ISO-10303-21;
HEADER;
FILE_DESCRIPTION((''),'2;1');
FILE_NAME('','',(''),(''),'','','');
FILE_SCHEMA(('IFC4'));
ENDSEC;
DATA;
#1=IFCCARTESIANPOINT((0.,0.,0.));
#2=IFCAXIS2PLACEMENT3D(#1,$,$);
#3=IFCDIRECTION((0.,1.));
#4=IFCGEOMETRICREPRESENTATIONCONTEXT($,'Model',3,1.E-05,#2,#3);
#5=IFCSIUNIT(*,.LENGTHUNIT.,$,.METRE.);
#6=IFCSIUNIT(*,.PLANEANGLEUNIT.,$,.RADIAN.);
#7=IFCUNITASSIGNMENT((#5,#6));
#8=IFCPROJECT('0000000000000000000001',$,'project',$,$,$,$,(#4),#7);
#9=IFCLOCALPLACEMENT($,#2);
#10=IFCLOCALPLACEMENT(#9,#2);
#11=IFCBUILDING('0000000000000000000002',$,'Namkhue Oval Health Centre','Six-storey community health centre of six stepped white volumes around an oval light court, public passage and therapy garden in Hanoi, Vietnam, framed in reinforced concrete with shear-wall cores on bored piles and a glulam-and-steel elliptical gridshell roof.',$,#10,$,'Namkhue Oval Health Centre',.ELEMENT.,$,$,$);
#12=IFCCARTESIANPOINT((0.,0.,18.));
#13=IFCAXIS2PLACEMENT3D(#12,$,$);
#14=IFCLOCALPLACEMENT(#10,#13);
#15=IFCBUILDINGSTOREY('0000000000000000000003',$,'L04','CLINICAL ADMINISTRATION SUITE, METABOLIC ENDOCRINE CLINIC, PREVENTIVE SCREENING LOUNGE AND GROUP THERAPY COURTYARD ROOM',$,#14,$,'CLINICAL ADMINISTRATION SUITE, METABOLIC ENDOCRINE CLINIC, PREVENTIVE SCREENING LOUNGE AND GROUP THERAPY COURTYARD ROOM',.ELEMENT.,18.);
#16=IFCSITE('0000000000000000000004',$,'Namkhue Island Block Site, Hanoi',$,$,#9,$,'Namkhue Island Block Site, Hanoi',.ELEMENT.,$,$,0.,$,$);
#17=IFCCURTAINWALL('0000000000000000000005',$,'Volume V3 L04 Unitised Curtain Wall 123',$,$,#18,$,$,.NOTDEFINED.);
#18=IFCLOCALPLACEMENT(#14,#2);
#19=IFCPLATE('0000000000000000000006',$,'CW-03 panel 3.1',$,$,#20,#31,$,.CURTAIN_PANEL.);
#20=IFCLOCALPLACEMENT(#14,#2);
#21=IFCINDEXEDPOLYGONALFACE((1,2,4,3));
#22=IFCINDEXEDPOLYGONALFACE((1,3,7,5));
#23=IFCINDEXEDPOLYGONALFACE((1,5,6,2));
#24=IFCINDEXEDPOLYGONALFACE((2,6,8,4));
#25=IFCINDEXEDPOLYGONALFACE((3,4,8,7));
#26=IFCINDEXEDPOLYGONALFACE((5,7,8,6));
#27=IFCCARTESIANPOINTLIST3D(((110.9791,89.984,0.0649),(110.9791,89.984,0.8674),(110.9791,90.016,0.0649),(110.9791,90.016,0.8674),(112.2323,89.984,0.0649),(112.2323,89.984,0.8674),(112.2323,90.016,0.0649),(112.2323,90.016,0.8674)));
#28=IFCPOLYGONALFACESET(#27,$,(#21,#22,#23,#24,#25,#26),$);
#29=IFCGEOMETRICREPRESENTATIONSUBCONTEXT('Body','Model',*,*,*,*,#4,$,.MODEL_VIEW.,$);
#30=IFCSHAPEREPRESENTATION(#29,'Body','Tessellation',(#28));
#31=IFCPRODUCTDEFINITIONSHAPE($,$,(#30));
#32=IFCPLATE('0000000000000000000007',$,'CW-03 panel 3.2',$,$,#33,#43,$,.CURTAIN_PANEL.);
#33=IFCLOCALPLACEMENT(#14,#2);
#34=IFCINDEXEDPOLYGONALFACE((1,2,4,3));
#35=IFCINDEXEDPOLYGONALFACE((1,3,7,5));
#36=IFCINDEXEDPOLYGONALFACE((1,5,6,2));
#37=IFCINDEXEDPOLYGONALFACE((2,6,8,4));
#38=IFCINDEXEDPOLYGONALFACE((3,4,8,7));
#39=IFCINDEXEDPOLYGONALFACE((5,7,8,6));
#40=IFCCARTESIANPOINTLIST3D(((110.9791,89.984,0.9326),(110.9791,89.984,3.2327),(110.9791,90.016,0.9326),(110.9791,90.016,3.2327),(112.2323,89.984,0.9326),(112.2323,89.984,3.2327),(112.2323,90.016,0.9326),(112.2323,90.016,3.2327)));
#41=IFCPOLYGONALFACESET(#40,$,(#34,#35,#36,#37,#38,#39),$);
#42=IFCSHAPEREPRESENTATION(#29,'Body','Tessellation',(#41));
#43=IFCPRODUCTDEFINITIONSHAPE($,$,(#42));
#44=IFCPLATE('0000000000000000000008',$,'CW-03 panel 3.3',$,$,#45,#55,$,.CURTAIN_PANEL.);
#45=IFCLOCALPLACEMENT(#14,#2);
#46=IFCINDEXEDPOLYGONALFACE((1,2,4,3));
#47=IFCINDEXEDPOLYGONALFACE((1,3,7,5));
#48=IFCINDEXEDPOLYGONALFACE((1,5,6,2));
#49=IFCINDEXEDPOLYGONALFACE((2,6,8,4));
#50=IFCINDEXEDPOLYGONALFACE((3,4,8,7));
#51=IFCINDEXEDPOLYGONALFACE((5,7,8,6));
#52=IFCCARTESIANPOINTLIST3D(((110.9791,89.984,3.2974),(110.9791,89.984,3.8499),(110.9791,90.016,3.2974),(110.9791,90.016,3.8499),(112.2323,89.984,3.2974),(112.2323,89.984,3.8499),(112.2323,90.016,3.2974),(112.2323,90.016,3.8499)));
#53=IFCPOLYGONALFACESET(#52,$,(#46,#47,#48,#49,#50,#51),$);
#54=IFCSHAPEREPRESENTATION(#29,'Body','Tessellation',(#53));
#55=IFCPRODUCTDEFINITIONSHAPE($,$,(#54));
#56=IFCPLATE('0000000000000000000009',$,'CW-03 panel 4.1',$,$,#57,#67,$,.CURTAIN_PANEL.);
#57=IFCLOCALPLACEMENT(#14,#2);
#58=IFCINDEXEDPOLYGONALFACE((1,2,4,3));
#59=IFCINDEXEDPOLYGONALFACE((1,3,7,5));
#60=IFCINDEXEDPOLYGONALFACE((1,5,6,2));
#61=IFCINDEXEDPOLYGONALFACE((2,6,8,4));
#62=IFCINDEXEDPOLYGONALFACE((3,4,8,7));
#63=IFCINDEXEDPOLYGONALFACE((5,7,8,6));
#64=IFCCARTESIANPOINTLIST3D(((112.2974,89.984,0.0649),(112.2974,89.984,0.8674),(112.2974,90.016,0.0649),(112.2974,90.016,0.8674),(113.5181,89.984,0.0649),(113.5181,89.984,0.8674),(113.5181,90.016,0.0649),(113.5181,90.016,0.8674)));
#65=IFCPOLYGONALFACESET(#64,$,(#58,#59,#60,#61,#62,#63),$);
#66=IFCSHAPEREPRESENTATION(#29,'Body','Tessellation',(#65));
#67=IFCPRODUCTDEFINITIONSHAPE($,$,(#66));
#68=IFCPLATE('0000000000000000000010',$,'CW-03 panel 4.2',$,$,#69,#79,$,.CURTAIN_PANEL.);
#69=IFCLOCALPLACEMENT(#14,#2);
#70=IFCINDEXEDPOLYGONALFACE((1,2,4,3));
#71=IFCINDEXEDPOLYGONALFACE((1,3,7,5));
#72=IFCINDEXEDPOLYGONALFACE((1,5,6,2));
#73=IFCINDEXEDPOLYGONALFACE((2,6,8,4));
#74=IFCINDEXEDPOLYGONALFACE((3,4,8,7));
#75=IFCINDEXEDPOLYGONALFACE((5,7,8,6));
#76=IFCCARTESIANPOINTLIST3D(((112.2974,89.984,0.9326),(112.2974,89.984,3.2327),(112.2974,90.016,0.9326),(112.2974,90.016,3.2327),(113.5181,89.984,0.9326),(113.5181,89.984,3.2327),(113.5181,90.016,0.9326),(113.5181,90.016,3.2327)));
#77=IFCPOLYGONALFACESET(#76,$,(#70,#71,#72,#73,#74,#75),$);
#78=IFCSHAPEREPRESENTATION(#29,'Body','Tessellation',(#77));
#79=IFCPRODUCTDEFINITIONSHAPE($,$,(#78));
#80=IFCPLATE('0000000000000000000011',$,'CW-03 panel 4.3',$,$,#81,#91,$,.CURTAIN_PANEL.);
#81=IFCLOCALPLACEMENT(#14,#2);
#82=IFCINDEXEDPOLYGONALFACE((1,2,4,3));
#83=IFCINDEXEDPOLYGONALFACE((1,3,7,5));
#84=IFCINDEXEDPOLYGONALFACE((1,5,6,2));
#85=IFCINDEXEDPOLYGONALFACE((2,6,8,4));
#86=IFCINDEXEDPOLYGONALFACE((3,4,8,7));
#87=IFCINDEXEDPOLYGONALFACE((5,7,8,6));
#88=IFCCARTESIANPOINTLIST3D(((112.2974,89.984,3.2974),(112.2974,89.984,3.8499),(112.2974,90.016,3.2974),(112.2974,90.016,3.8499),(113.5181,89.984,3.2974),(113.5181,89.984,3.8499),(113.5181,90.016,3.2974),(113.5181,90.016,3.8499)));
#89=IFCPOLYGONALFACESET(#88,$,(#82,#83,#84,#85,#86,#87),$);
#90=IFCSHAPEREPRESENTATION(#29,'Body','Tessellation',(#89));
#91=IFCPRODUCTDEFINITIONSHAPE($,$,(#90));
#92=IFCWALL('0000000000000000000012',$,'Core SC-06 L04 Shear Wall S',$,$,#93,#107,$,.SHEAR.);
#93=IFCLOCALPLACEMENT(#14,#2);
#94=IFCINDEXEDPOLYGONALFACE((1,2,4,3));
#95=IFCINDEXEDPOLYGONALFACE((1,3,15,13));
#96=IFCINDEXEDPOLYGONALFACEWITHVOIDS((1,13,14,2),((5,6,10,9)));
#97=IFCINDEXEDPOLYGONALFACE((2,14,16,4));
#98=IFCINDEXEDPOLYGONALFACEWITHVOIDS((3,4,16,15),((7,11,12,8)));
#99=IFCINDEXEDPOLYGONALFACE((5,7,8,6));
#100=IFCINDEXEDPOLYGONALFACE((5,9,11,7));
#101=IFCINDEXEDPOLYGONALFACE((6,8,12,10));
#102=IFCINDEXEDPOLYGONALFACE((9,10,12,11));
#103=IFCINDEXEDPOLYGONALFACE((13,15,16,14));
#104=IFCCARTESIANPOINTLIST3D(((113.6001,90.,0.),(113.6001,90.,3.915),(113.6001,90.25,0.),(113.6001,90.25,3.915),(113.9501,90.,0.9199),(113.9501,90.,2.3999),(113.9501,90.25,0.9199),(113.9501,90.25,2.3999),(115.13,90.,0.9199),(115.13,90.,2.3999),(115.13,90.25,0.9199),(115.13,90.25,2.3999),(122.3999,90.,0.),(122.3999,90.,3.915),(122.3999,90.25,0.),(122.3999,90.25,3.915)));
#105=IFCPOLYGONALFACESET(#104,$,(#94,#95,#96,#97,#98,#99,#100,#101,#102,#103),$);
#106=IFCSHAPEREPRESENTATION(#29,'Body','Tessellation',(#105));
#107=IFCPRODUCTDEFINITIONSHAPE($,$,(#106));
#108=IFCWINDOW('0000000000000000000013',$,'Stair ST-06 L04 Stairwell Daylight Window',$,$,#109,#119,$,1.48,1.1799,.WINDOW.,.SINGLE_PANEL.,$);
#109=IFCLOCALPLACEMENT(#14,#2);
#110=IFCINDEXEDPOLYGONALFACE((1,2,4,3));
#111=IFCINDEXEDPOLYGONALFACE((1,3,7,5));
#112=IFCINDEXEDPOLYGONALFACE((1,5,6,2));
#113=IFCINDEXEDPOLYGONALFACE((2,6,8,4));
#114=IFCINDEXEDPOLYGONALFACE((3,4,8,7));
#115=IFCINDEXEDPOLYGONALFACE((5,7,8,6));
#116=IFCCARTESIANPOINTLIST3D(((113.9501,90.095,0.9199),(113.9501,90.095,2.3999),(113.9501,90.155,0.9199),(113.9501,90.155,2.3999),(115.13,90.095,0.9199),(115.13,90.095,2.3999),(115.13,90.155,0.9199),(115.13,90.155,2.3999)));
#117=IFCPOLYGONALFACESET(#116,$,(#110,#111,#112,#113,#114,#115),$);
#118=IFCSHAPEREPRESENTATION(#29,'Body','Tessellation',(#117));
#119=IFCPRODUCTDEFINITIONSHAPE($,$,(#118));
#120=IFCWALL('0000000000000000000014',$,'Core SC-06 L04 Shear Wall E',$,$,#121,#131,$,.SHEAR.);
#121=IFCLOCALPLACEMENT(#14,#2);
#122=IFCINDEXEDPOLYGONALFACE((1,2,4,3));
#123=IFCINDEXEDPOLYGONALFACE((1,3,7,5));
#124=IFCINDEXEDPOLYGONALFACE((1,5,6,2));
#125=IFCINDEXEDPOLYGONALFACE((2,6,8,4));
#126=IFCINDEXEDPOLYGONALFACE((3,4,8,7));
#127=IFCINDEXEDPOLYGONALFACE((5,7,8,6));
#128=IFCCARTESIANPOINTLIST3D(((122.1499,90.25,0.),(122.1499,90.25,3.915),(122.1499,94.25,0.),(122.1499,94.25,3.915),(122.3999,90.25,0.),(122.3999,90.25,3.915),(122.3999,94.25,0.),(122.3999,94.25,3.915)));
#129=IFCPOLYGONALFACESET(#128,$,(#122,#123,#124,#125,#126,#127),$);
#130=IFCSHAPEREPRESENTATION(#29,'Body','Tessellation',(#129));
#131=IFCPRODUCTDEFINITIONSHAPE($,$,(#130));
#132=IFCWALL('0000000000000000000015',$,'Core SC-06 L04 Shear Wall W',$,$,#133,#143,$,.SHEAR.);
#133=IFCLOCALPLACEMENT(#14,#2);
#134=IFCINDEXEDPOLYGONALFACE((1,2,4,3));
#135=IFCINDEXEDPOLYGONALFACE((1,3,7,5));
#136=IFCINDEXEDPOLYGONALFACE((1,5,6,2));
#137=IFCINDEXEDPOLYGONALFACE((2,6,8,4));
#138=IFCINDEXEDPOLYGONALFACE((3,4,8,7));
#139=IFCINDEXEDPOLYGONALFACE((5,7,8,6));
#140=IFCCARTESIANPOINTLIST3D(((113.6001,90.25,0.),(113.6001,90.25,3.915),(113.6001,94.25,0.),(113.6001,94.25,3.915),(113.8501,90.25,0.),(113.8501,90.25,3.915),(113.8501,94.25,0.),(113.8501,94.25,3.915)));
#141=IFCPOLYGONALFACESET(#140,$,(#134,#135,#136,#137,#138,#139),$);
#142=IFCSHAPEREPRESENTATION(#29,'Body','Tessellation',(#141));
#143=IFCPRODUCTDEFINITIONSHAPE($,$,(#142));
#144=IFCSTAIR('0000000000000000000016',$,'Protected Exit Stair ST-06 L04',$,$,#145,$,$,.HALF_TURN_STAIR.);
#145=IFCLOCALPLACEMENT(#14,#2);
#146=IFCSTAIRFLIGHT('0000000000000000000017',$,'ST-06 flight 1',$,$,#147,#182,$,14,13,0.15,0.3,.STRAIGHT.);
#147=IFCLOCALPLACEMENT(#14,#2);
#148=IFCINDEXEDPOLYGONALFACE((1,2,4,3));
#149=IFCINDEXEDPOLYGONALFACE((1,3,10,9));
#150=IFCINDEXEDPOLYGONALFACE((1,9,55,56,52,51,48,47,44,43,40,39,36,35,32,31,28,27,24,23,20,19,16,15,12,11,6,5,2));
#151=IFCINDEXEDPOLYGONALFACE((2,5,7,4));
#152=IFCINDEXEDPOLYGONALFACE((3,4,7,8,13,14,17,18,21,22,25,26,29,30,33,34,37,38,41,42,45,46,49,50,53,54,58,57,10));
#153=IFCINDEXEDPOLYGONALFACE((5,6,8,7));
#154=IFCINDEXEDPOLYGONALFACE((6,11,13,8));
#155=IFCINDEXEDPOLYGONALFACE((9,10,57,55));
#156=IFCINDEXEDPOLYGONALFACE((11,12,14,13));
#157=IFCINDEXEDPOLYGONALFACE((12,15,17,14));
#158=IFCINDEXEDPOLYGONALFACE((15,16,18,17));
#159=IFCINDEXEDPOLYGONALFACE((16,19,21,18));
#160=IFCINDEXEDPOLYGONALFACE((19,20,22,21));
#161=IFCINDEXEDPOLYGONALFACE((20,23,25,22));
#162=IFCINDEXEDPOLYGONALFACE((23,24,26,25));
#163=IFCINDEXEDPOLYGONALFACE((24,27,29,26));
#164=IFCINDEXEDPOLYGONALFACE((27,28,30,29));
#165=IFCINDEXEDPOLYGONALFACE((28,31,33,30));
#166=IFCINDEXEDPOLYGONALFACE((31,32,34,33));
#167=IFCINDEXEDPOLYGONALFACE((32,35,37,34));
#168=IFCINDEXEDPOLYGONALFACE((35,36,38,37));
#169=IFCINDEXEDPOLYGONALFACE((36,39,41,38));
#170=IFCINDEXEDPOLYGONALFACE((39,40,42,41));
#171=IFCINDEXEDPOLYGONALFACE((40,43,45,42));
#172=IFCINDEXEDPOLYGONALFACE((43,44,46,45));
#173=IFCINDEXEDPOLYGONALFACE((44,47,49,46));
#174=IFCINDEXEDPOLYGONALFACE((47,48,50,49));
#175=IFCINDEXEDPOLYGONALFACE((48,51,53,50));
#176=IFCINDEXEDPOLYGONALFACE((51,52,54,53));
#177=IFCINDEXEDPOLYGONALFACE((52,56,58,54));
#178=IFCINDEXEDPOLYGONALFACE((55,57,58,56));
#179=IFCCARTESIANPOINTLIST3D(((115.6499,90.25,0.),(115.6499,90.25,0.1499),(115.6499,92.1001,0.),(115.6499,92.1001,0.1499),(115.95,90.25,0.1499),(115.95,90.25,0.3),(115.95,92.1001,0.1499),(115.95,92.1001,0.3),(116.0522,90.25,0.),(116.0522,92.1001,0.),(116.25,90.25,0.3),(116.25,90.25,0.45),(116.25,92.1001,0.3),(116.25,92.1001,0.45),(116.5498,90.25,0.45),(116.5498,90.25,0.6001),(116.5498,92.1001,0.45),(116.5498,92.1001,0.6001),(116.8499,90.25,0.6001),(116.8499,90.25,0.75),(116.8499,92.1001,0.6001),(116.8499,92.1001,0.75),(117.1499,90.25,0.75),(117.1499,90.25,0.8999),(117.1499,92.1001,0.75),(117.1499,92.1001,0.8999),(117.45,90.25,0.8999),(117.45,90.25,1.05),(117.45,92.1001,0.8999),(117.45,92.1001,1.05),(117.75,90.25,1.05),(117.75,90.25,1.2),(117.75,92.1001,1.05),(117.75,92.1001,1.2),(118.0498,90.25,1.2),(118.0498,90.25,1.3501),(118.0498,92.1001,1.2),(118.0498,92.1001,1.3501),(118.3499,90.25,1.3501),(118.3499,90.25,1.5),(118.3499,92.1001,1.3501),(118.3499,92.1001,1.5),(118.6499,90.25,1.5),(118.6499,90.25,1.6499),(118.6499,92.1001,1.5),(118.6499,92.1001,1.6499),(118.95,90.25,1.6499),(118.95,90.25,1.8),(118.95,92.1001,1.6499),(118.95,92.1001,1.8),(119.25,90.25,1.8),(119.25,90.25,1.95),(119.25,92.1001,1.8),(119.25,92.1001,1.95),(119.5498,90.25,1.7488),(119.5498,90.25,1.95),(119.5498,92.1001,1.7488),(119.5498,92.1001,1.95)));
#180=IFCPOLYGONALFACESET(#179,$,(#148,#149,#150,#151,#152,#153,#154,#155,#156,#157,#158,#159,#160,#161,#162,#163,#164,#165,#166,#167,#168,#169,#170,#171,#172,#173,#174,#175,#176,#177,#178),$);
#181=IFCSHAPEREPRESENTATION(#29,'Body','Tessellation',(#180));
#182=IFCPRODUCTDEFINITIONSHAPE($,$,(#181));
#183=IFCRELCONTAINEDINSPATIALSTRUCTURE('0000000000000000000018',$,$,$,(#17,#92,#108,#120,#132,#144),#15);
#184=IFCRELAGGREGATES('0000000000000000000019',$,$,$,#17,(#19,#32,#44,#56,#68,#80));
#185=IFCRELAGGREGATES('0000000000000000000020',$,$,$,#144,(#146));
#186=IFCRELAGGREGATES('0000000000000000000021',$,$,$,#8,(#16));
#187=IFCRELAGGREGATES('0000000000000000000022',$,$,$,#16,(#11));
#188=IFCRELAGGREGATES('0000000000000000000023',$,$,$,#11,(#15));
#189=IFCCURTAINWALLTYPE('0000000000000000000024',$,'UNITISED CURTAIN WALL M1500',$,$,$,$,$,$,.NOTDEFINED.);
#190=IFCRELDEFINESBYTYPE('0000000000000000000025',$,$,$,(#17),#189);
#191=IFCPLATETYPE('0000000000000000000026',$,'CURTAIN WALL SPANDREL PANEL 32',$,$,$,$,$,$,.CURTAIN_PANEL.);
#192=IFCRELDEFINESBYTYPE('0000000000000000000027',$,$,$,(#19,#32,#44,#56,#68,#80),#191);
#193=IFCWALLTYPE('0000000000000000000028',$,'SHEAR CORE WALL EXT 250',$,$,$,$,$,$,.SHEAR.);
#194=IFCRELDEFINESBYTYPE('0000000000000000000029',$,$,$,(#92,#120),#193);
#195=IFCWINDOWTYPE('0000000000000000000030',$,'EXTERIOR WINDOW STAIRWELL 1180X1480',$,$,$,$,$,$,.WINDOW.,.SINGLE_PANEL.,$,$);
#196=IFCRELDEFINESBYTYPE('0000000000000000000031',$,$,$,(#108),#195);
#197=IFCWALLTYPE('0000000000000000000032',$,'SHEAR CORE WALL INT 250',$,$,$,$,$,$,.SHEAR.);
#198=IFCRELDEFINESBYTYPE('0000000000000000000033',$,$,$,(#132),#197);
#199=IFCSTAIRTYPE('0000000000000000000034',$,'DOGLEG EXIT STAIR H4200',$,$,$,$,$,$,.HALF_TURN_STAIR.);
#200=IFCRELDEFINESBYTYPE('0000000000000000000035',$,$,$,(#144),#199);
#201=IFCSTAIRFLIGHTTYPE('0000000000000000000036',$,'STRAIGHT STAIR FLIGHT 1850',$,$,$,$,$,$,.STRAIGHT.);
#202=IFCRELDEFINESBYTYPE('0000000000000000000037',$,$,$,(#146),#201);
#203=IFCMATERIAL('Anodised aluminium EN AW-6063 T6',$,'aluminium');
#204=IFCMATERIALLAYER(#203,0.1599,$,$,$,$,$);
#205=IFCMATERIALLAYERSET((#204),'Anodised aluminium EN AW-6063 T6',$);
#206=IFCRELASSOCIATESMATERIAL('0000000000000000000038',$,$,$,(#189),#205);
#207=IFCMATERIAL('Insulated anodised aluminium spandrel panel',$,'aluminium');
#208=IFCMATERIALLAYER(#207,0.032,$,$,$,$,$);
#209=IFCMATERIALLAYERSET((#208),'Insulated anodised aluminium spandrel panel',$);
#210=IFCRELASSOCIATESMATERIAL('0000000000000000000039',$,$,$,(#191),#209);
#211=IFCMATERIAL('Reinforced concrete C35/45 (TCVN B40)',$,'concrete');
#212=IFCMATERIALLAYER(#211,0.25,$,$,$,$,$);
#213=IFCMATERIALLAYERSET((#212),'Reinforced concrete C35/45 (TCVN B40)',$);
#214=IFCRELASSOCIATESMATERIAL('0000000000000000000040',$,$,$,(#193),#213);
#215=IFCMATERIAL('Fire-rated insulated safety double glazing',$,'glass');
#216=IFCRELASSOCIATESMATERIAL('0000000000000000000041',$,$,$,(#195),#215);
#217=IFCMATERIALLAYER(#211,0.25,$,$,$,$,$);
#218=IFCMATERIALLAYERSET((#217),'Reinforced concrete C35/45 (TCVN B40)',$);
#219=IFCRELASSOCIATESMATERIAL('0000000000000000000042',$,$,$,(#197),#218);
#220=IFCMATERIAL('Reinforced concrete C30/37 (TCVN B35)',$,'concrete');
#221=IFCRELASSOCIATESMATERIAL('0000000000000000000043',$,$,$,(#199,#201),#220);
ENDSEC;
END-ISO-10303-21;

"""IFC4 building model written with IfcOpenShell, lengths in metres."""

from ifc_helpers import new_model, si_unit, direction, frame, frame_2d, origin, origin_2d, place, context, subcontext, project, spatial, polyline, rectangle, outline, extrude, material, layer, layer_set, type_object, element, fill, aggregate, save


model = new_model("IFC4")

# Units and contexts
model_context = context("Model", 3, precision=1e-05, world=origin(), true_north=direction((0.0, 1.0)))
body_context = subcontext(model_context, "Body", "Model", "MODEL_VIEW")
ifc_project = project(units=[si_unit("LENGTHUNIT", "METRE"), si_unit("PLANEANGLEUNIT", "RADIAN")], contexts=[model_context])

# Site, building, storey
site_placement = place(None, origin())
site = spatial("IfcSite", under=ifc_project, at=site_placement, Name="Namkhue Island Block Site, Hanoi", LongName="Namkhue Island Block Site, Hanoi", CompositionType="ELEMENT", RefElevation=0.0)
building_placement = place(site_placement, origin())
building = spatial("IfcBuilding", under=site, at=building_placement, Name="Namkhue Oval Health Centre", Description="Six-storey community health centre of six stepped white volumes around an oval light court, public passage and therapy garden in Hanoi, Vietnam, framed in reinforced concrete with shear-wall cores on bored piles and a glulam-and-steel elliptical gridshell roof.", LongName="Namkhue Oval Health Centre", CompositionType="ELEMENT")
storey_placement = place(building_placement, frame((0.0, 0.0, 18.0)))
storey = spatial("IfcBuildingStorey", under=building, at=storey_placement, Name="L04", Description="CLINICAL ADMINISTRATION SUITE, METABOLIC ENDOCRINE CLINIC, PREVENTIVE SCREENING LOUNGE AND GROUP THERAPY COURTYARD ROOM", LongName="CLINICAL ADMINISTRATION SUITE, METABOLIC ENDOCRINE CLINIC, PREVENTIVE SCREENING LOUNGE AND GROUP THERAPY COURTYARD ROOM", CompositionType="ELEMENT", Elevation=18.0)

# Shared definitions
ifc_material_1 = material(Name="Reinforced concrete C35/45 (TCVN B40)", Category="concrete")

# Curtain wall
ifc_material_2 = material(Name="Anodised aluminium EN AW-6063 T6", Category="aluminium")
ifc_layer_1 = layer(ifc_material_2, 0.1599)
ifc_layer_set_1 = layer_set([ifc_layer_1], Name="Anodised aluminium EN AW-6063 T6")
curtain_wall_type_1 = type_object("IfcCurtainWallType", Name="UNITISED CURTAIN WALL M1500", PredefinedType="NOTDEFINED", material=ifc_layer_set_1)
curtain_wall_1_placement = place(storey_placement, origin())
curtain_wall_1 = element("IfcCurtainWall", 1, at=curtain_wall_1_placement, inside=storey, type_object=curtain_wall_type_1, Name="Volume V3 L04 Unitised Curtain Wall 123", PredefinedType="NOTDEFINED")

# Plates
ifc_material_3 = material(Name="Insulated anodised aluminium spandrel panel", Category="aluminium")
ifc_layer_2 = layer(ifc_material_3, 0.032)
ifc_layer_set_2 = layer_set([ifc_layer_2], Name="Insulated anodised aluminium spandrel panel")
plate_type = type_object("IfcPlateType", Name="CURTAIN WALL SPANDREL PANEL 32", PredefinedType="CURTAIN_PANEL", material=ifc_layer_set_2)
plate_1_placement = place(storey_placement, frame((111.6057, 90.0, 0.0649), z_axis=(0.0, 0.0, 1.0), x_axis=(1.0, 0.0, 0.0)))
plate_1 = element("IfcPlate", 2, at=plate_1_placement, type_object=plate_type, Name="CW-03 panel 3.1", PredefinedType="CURTAIN_PANEL", context=body_context, shape_type="SweptSolid", body=[
    extrude(rectangle(XDim=1.2532, YDim=0.032, at=origin_2d()), origin(), (0.0, 0.0, 1.0), 0.8025),
])
plate_2_placement = place(storey_placement, frame((111.6057, 90.0, 0.9326), z_axis=(0.0, 0.0, 1.0), x_axis=(1.0, 0.0, 0.0)))
plate_2 = element("IfcPlate", 3, at=plate_2_placement, type_object=plate_type, Name="CW-03 panel 3.2", PredefinedType="CURTAIN_PANEL", context=body_context, shape_type="SweptSolid", body=[
    extrude(rectangle(XDim=1.2532, YDim=0.032, at=origin_2d()), origin(), (0.0, 0.0, 1.0), 2.3),
])
plate_3_placement = place(storey_placement, frame((111.6057, 90.0, 3.2974), z_axis=(0.0, 0.0, 1.0), x_axis=(1.0, 0.0, 0.0)))
plate_3 = element("IfcPlate", 4, at=plate_3_placement, type_object=plate_type, Name="CW-03 panel 3.3", PredefinedType="CURTAIN_PANEL", context=body_context, shape_type="SweptSolid", body=[
    extrude(rectangle(XDim=1.2532, YDim=0.032, at=origin_2d()), origin(), (0.0, 0.0, 1.0), 0.5525),
])
plate_4_placement = place(storey_placement, frame((112.9077, 90.0, 0.0649), z_axis=(0.0, 0.0, 1.0), x_axis=(1.0, 0.0, 0.0)))
plate_4 = element("IfcPlate", 5, at=plate_4_placement, type_object=plate_type, Name="CW-03 panel 4.1", PredefinedType="CURTAIN_PANEL", context=body_context, shape_type="SweptSolid", body=[
    extrude(rectangle(XDim=1.2207, YDim=0.032, at=origin_2d()), origin(), (0.0, 0.0, 1.0), 0.8025),
])
plate_5_placement = place(storey_placement, frame((112.9077, 90.0, 0.9326), z_axis=(0.0, 0.0, 1.0), x_axis=(1.0, 0.0, 0.0)))
plate_5 = element("IfcPlate", 6, at=plate_5_placement, type_object=plate_type, Name="CW-03 panel 4.2", PredefinedType="CURTAIN_PANEL", context=body_context, shape_type="SweptSolid", body=[
    extrude(rectangle(XDim=1.2207, YDim=0.032, at=origin_2d()), origin(), (0.0, 0.0, 1.0), 2.3),
])
plate_6_placement = place(storey_placement, frame((112.9077, 90.0, 3.2974), z_axis=(0.0, 0.0, 1.0), x_axis=(1.0, 0.0, 0.0)))
plate_6 = element("IfcPlate", 7, at=plate_6_placement, type_object=plate_type, Name="CW-03 panel 4.3", PredefinedType="CURTAIN_PANEL", context=body_context, shape_type="SweptSolid", body=[
    extrude(rectangle(XDim=1.2207, YDim=0.032, at=origin_2d()), origin(), (0.0, 0.0, 1.0), 0.5525),
])
aggregate(curtain_wall_1, [plate_1, plate_2, plate_3, plate_4, plate_5, plate_6])

# Wall, opening, window
ifc_layer_3 = layer(ifc_material_1, 0.25)
ifc_layer_set_3 = layer_set([ifc_layer_3], Name="Reinforced concrete C35/45 (TCVN B40)")
wall_type_1 = type_object("IfcWallType", Name="SHEAR CORE WALL EXT 250", PredefinedType="SHEAR", material=ifc_layer_set_3)
wall_1_placement = place(storey_placement, frame((113.6001, 90.125, 0.0), z_axis=(0.0, 0.0, 1.0), x_axis=(1.0, 0.0, 0.0)))
wall_1 = element("IfcWall", 8, at=wall_1_placement, inside=storey, type_object=wall_type_1, Name="Core SC-06 L04 Shear Wall S", PredefinedType="SHEAR", context=body_context, shape_type="SweptSolid", body=[
    extrude(rectangle(XDim=8.7998, YDim=0.25, at=frame_2d((4.3999, 0.0))), origin(), (0.0, 0.0, 1.0), 3.915),
])
opening_1_placement = place(wall_1_placement, frame((0.3501, 0.0, 0.9199)))
opening_1 = element("IfcOpeningElement", 9, at=opening_1_placement, cuts=wall_1, PredefinedType="OPENING", context=body_context, shape_type="SweptSolid", body=[
    extrude(rectangle(XDim=1.1799, YDim=1.48, at=frame_2d((0.5898, 0.74))), frame((0.0, 0.135, 0.0), z_axis=(0.0, -1.0, 0.0), x_axis=(1.0, 0.0, 0.0)), (0.0, 0.0, 1.0), 0.27),
])
ifc_material_4 = material(Name="Fire-rated insulated safety double glazing", Category="glass")
window_type = type_object("IfcWindowType", Name="EXTERIOR WINDOW STAIRWELL 1180X1480", PartitioningType="SINGLE_PANEL", PredefinedType="WINDOW", material=ifc_material_4)
window_placement = place(opening_1_placement, origin())
window = element("IfcWindow", 10, at=window_placement, inside=storey, type_object=window_type, Name="Stair ST-06 L04 Stairwell Daylight Window", OverallHeight=1.48, OverallWidth=1.1799, PartitioningType="SINGLE_PANEL", PredefinedType="WINDOW", context=body_context, shape_type="SweptSolid", body=[
    extrude(rectangle(XDim=1.1799, YDim=1.48, at=frame_2d((0.5898, 0.74))), frame((0.0, 0.03, 0.0), z_axis=(0.0, -1.0, 0.0), x_axis=(1.0, 0.0, 0.0)), (0.0, 0.0, 1.0), 0.0601),
])
fill(opening_1, window)

# Wall
wall_2_placement = place(storey_placement, frame((122.2749, 90.25, 0.0), z_axis=(0.0, 0.0, 1.0), x_axis=(0.0, 1.0, 0.0)))
element("IfcWall", 11, at=wall_2_placement, inside=storey, type_object=wall_type_1, Name="Core SC-06 L04 Shear Wall E", PredefinedType="SHEAR", context=body_context, shape_type="SweptSolid", body=[
    extrude(rectangle(XDim=4.0, YDim=0.25, at=frame_2d((2.0, 0.0))), origin(), (0.0, 0.0, 1.0), 3.915),
])

# Shared definitions
ifc_layer_4 = layer(ifc_material_1, 0.25)
ifc_layer_set_4 = layer_set([ifc_layer_4], Name="Reinforced concrete C35/45 (TCVN B40)")
wall_type_2 = type_object("IfcWallType", Name="SHEAR CORE WALL INT 250", PredefinedType="SHEAR", material=ifc_layer_set_4)

# Wall
wall_3_placement = place(storey_placement, frame((113.7251, 94.25, 0.0), z_axis=(0.0, 0.0, 1.0), x_axis=(0.0, -1.0, 0.0)))
element("IfcWall", 12, at=wall_3_placement, inside=storey, type_object=wall_type_2, Name="Core SC-06 L04 Shear Wall W", PredefinedType="SHEAR", context=body_context, shape_type="SweptSolid", body=[
    extrude(rectangle(XDim=4.0, YDim=0.25, at=frame_2d((2.0, 0.0))), origin(), (0.0, 0.0, 1.0), 3.915),
])

# Stair, stair flight
ifc_material_5 = material(Name="Reinforced concrete C30/37 (TCVN B35)", Category="concrete")
stair_type = type_object("IfcStairType", Name="DOGLEG EXIT STAIR H4200", PredefinedType="HALF_TURN_STAIR", material=ifc_material_5)
stair_placement = place(storey_placement, origin())
stair = element("IfcStair", 13, at=stair_placement, inside=storey, type_object=stair_type, Name="Protected Exit Stair ST-06 L04", PredefinedType="HALF_TURN_STAIR")
stair_flight_type = type_object("IfcStairFlightType", Name="STRAIGHT STAIR FLIGHT 1850", PredefinedType="STRAIGHT", material=ifc_material_5)
stair_flight_1_placement = place(storey_placement, frame((115.6499, 91.175, 0.0), z_axis=(0.0, 0.0, 1.0), x_axis=(1.0, 0.0, 0.0)))
stair_flight_1 = element("IfcStairFlight", 14, at=stair_flight_1_placement, type_object=stair_flight_type, Name="ST-06 flight 1", NumberOfRisers=14, NumberOfTreads=13, PredefinedType="STRAIGHT", RiserHeight=0.15, TreadLength=0.3, context=body_context, shape_type="SweptSolid", body=[
    extrude(outline(polyline([(0.0, 0.0), (0.0, 0.1499), (0.3, 0.1499), (0.3, 0.3), (0.6001, 0.3), (0.6001, 0.45), (0.8999, 0.45), (0.8999, 0.6001), (1.2, 0.6001), (1.2, 0.75), (1.5, 0.75), (1.5, 0.8999), (1.8, 0.8999), (1.8, 1.05), (2.1001, 1.05), (2.1001, 1.2), (2.3999, 1.2), (2.3999, 1.3501), (2.7, 1.3501), (2.7, 1.5), (3.0, 1.5), (3.0, 1.6499), (3.3, 1.6499), (3.3, 1.8), (3.6001, 1.8), (3.6001, 1.95), (3.8999, 1.95), (3.8999, 2.1001), (3.8999, 1.7488), (0.4023, 0.0), (0.0, 0.0)])), frame((0.0, 0.925, 0.0), z_axis=(0.0, -1.0, 0.0), x_axis=(1.0, 0.0, 0.0)), (0.0, 0.0, 1.0), 1.8501),
])
aggregate(stair, [stair_flight_1])

save(model, "model.ifc")
